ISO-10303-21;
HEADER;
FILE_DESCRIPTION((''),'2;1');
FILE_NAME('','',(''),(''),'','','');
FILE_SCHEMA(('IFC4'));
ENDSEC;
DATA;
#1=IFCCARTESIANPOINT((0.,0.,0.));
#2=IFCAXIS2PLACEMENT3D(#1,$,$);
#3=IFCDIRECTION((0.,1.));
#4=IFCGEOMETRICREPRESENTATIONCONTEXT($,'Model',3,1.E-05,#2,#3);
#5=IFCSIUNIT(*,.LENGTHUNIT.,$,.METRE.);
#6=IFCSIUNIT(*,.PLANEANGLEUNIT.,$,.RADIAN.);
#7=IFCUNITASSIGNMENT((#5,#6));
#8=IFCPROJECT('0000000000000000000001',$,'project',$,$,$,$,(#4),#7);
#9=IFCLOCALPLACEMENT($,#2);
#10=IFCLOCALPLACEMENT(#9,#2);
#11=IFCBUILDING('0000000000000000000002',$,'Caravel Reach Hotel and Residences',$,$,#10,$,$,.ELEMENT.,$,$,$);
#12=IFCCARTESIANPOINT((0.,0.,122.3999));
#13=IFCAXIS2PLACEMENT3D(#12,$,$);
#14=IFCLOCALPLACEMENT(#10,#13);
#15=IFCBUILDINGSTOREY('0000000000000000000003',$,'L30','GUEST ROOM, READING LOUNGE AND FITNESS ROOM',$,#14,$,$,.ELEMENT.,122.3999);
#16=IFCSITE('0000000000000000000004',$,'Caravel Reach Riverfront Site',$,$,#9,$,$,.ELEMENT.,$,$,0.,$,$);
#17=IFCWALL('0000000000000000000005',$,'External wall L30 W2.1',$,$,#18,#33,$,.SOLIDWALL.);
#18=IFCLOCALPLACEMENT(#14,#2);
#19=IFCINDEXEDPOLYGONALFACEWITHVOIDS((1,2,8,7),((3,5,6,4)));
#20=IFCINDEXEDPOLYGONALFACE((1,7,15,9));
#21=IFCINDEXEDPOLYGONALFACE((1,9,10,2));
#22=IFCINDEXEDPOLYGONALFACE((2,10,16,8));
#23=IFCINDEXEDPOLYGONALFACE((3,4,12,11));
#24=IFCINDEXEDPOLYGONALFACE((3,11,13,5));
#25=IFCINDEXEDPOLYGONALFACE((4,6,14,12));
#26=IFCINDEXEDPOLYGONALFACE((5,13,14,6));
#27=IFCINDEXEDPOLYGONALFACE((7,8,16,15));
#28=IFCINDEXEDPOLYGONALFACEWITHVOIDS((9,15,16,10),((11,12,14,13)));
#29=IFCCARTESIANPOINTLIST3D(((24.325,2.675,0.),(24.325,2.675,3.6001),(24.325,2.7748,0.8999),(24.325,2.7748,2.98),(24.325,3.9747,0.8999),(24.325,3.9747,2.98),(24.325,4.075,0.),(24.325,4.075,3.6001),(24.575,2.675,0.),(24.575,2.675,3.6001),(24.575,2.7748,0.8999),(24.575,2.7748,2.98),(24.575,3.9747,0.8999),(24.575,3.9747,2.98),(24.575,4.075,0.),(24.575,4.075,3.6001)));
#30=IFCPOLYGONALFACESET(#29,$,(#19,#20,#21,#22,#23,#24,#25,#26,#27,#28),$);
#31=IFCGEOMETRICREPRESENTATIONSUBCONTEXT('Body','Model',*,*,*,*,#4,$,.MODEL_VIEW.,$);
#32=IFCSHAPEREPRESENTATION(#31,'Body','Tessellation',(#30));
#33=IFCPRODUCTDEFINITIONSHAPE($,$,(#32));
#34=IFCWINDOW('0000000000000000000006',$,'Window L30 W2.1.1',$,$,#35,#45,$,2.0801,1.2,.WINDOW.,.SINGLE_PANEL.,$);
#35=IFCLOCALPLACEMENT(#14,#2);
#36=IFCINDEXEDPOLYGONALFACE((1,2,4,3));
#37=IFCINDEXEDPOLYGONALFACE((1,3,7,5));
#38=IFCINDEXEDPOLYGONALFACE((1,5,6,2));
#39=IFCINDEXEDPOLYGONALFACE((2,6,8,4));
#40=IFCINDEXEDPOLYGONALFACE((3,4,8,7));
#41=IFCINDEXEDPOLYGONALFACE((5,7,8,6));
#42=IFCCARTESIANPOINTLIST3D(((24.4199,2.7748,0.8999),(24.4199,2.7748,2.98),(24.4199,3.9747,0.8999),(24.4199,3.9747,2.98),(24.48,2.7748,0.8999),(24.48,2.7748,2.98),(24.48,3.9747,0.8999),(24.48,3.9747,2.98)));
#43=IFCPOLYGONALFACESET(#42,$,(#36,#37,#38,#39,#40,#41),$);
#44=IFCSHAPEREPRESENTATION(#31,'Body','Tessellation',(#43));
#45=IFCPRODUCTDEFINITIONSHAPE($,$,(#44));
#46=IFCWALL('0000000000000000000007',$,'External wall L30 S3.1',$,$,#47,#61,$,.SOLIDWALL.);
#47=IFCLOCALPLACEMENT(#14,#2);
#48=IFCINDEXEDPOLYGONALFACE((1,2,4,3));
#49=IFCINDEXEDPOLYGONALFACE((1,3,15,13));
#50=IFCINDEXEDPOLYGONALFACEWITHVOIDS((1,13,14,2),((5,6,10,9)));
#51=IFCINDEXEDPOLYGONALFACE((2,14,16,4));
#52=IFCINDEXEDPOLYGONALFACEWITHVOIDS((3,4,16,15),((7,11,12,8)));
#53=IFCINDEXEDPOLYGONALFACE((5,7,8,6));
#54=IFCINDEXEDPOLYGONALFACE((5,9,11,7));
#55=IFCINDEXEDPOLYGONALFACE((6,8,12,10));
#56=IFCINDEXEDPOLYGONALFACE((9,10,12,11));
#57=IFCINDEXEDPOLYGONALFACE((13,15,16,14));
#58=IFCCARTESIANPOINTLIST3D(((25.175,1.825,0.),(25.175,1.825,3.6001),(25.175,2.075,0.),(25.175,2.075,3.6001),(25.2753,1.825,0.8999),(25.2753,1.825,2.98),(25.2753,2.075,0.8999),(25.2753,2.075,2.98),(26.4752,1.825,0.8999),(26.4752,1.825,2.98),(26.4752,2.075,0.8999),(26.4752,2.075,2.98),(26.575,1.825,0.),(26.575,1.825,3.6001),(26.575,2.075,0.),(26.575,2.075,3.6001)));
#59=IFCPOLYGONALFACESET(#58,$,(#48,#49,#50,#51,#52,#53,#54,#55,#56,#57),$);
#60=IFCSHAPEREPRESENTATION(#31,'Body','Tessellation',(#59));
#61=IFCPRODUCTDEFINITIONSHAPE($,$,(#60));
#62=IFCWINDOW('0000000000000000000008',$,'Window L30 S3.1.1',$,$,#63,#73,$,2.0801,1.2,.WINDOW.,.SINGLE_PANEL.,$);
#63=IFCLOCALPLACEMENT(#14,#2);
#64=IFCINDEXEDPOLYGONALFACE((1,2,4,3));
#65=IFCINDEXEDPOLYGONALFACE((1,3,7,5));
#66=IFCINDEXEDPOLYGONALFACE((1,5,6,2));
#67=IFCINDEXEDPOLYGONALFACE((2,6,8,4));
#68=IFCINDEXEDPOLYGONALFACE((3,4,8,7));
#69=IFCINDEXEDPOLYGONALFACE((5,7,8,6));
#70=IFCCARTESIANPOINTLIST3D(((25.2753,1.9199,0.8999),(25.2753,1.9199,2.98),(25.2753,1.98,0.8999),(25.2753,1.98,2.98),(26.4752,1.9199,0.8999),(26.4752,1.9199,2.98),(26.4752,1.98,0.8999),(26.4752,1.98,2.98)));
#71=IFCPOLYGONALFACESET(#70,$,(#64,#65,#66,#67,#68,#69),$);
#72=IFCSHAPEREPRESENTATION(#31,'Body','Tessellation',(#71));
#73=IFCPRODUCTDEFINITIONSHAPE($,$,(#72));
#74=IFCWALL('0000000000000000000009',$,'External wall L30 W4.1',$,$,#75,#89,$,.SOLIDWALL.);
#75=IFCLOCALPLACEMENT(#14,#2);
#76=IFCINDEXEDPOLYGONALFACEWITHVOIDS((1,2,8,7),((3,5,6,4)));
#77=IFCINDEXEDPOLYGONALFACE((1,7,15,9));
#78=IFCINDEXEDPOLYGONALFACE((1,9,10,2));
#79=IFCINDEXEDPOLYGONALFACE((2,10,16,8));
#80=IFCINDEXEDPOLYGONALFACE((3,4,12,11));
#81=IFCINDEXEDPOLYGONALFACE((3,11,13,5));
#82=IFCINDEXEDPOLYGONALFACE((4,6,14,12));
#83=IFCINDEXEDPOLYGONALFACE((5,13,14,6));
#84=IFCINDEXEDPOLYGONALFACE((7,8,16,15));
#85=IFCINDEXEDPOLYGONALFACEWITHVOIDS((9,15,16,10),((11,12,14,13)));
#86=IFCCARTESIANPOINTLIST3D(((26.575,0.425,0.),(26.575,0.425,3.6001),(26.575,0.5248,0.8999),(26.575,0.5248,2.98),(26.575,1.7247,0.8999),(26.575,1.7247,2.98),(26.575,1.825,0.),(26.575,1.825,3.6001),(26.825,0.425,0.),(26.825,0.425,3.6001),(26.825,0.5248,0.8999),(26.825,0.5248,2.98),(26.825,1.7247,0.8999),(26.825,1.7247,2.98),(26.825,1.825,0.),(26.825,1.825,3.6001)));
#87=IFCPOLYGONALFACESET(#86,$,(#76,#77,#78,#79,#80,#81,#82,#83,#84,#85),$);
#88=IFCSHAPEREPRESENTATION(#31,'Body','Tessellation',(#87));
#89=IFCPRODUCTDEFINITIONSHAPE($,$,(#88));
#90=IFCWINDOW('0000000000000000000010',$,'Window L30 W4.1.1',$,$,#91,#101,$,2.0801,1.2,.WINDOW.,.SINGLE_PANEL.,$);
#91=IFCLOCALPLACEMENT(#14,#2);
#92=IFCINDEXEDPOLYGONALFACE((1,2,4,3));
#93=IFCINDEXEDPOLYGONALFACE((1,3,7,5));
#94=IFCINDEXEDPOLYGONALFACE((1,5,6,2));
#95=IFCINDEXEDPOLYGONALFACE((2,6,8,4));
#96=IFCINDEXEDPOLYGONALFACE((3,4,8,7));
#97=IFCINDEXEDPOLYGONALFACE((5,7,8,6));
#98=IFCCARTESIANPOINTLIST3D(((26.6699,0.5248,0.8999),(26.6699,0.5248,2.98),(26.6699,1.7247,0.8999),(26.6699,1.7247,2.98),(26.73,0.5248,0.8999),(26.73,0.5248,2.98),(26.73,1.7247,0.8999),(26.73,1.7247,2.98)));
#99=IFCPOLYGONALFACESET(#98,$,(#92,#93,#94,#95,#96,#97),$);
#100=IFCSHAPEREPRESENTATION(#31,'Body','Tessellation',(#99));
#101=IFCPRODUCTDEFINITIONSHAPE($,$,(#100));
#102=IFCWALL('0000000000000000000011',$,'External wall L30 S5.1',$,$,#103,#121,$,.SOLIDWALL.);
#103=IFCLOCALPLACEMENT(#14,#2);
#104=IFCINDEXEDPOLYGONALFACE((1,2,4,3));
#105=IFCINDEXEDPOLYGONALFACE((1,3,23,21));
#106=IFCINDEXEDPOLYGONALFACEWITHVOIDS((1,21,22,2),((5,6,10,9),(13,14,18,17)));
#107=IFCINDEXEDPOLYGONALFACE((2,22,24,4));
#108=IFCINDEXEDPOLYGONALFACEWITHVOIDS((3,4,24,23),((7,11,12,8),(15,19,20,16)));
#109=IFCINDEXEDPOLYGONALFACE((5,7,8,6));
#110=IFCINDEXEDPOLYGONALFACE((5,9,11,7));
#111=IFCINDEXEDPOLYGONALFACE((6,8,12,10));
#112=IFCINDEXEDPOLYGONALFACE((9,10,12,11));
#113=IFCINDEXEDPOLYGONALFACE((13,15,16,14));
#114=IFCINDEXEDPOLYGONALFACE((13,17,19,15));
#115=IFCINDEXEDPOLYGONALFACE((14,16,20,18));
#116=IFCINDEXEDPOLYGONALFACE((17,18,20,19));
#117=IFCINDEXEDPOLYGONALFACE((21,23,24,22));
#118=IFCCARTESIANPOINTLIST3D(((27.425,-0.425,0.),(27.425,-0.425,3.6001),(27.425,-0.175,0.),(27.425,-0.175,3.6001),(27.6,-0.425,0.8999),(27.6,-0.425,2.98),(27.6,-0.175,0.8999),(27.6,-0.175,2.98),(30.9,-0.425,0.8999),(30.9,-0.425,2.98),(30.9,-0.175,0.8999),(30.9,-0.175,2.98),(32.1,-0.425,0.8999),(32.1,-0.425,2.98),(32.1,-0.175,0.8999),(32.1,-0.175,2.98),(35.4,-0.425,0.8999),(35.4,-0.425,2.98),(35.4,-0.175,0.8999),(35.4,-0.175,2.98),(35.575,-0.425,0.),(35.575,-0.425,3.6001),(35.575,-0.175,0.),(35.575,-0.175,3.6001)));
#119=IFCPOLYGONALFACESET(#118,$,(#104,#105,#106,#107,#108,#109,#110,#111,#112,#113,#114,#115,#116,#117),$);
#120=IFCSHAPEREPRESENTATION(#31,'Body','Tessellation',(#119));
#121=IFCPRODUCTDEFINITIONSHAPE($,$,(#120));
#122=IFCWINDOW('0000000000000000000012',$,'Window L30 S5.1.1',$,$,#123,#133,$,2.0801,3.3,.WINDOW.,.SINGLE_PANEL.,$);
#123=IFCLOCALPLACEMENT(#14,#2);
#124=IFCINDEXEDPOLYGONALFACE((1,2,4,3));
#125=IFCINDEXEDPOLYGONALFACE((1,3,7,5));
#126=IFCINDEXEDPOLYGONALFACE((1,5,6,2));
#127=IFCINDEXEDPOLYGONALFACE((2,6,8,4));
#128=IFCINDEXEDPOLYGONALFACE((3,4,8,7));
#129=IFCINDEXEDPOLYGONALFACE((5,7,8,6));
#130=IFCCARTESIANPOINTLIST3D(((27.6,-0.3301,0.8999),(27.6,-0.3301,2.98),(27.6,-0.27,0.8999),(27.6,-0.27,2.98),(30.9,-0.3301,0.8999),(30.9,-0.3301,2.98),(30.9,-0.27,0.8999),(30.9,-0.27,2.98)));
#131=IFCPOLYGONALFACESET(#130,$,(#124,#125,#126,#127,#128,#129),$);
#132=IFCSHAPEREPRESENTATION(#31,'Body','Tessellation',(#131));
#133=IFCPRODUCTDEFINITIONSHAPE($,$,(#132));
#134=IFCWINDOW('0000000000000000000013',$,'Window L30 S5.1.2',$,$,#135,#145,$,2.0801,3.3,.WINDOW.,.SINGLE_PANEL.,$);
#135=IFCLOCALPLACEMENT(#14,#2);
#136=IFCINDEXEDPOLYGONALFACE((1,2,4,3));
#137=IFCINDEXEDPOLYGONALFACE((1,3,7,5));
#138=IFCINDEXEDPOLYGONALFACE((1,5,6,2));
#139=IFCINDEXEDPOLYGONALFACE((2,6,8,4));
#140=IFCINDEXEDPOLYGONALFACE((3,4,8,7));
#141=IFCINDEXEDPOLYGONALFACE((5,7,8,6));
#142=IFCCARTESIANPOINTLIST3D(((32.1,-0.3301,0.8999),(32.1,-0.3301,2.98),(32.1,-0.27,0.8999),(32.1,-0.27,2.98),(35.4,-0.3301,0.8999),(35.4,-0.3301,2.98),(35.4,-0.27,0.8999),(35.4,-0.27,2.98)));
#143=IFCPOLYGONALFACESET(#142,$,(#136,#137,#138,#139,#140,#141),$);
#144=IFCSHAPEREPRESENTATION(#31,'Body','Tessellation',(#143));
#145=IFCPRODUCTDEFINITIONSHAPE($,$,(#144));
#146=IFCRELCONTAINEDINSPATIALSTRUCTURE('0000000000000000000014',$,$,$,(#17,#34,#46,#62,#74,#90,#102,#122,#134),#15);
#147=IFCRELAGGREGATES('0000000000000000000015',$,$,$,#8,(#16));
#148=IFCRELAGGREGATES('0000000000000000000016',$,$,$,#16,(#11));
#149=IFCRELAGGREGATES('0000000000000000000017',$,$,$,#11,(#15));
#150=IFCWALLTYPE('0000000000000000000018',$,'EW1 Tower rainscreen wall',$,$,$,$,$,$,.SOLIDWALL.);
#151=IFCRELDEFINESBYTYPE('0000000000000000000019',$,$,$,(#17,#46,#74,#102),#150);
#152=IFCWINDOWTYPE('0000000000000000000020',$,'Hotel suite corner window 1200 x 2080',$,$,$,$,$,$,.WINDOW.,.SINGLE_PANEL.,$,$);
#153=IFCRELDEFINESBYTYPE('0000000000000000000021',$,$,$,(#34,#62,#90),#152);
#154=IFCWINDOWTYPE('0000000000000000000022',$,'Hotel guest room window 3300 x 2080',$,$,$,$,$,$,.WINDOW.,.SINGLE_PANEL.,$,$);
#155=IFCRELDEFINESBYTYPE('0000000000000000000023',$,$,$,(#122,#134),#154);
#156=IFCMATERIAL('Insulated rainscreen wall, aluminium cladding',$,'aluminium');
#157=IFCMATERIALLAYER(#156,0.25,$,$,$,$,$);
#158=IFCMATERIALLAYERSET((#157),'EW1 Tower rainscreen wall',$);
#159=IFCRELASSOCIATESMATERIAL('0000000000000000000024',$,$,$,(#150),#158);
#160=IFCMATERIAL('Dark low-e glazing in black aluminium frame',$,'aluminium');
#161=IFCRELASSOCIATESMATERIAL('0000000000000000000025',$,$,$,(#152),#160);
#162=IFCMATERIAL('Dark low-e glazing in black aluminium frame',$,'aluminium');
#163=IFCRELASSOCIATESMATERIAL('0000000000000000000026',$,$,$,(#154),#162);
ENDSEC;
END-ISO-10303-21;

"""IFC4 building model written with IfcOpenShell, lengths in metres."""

from ifc_helpers import new_model, si_unit, direction, frame, frame_2d, origin, place, context, subcontext, project, spatial, rectangle, extrude, material, layer, layer_set, type_object, element, fill, save


model = new_model("IFC4")

# Units and contexts
model_context = context("Model", 3, precision=1e-05, world=origin(), true_north=direction((0.0, 1.0)))
body_context = subcontext(model_context, "Body", "Model", "MODEL_VIEW")
ifc_project = project(units=[si_unit("LENGTHUNIT", "METRE"), si_unit("PLANEANGLEUNIT", "RADIAN")], contexts=[model_context])

# Site, building, storey
site_placement = place(None, origin())
site = spatial("IfcSite", under=ifc_project, at=site_placement, Name="Caravel Reach Riverfront Site", CompositionType="ELEMENT", RefElevation=0.0)
building_placement = place(site_placement, origin())
building = spatial("IfcBuilding", under=site, at=building_placement, Name="Caravel Reach Hotel and Residences", CompositionType="ELEMENT")
storey_placement = place(building_placement, frame((0.0, 0.0, 122.3999)))
storey = spatial("IfcBuildingStorey", under=building, at=storey_placement, Name="L30", Description="GUEST ROOM, READING LOUNGE AND FITNESS ROOM", CompositionType="ELEMENT", Elevation=122.3999)

# Walls, openings, windows
ifc_material_1 = material(Name="Insulated rainscreen wall, aluminium cladding", Category="aluminium")
ifc_layer = layer(ifc_material_1, 0.25)
ifc_layer_set = layer_set([ifc_layer], Name="EW1 Tower rainscreen wall")
wall_type = type_object("IfcWallType", Name="EW1 Tower rainscreen wall", PredefinedType="SOLIDWALL", material=ifc_layer_set)
wall_1_placement = place(storey_placement, frame((24.45, 4.075, 0.0), z_axis=(0.0, 0.0, 1.0), x_axis=(0.0, -1.0, 0.0)))
wall_1 = element("IfcWall", 1, at=wall_1_placement, inside=storey, type_object=wall_type, Name="External wall L30 W2.1", PredefinedType="SOLIDWALL", context=body_context, shape_type="SweptSolid", body=[
    extrude(rectangle(XDim=1.3999, YDim=0.25, at=frame_2d((0.7, 0.0))), origin(), (0.0, 0.0, 1.0), 3.6001),
])
opening_1_placement = place(wall_1_placement, frame((0.1001, 0.0, 0.8999)))
opening_1 = element("IfcOpeningElement", 2, at=opening_1_placement, cuts=wall_1, PredefinedType="OPENING", context=body_context, shape_type="SweptSolid", body=[
    extrude(rectangle(XDim=1.2, YDim=2.0801, at=frame_2d((0.6001, 1.04))), frame((0.0, 0.135, 0.0), z_axis=(0.0, -1.0, 0.0), x_axis=(1.0, 0.0, 0.0)), (0.0, 0.0, 1.0), 0.27),
])
ifc_material_2 = material(Name="Dark low-e glazing in black aluminium frame", Category="aluminium")
window_type_1 = type_object("IfcWindowType", Name="Hotel suite corner window 1200 x 2080", PartitioningType="SINGLE_PANEL", PredefinedType="WINDOW", material=ifc_material_2)
window_1_placement = place(opening_1_placement, origin())
window_1 = element("IfcWindow", 3, at=window_1_placement, inside=storey, type_object=window_type_1, Name="Window L30 W2.1.1", OverallHeight=2.0801, OverallWidth=1.2, PartitioningType="SINGLE_PANEL", PredefinedType="WINDOW", context=body_context, shape_type="SweptSolid", body=[
    extrude(rectangle(XDim=1.2, YDim=2.0801, at=frame_2d((0.6001, 1.04))), frame((0.0, 0.03, 0.0), z_axis=(0.0, -1.0, 0.0), x_axis=(1.0, 0.0, 0.0)), (0.0, 0.0, 1.0), 0.0601),
])
fill(opening_1, window_1)
wall_2_placement = place(storey_placement, frame((25.175, 1.95, 0.0), z_axis=(0.0, 0.0, 1.0), x_axis=(1.0, 0.0, 0.0)))
wall_2 = element("IfcWall", 4, at=wall_2_placement, inside=storey, type_object=wall_type, Name="External wall L30 S3.1", PredefinedType="SOLIDWALL", context=body_context, shape_type="SweptSolid", body=[
    extrude(rectangle(XDim=1.3999, YDim=0.25, at=frame_2d((0.7, 0.0))), origin(), (0.0, 0.0, 1.0), 3.6001),
])
opening_2_placement = place(wall_2_placement, frame((0.1001, 0.0, 0.8999)))
opening_2 = element("IfcOpeningElement", 5, at=opening_2_placement, cuts=wall_2, PredefinedType="OPENING", context=body_context, shape_type="SweptSolid", body=[
    extrude(rectangle(XDim=1.2, YDim=2.0801, at=frame_2d((0.6001, 1.04))), frame((0.0, 0.135, 0.0), z_axis=(0.0, -1.0, 0.0), x_axis=(1.0, 0.0, 0.0)), (0.0, 0.0, 1.0), 0.27),
])
window_2_placement = place(opening_2_placement, origin())
window_2 = element("IfcWindow", 6, at=window_2_placement, inside=storey, type_object=window_type_1, Name="Window L30 S3.1.1", OverallHeight=2.0801, OverallWidth=1.2, PartitioningType="SINGLE_PANEL", PredefinedType="WINDOW", context=body_context, shape_type="SweptSolid", body=[
    extrude(rectangle(XDim=1.2, YDim=2.0801, at=frame_2d((0.6001, 1.04))), frame((0.0, 0.03, 0.0), z_axis=(0.0, -1.0, 0.0), x_axis=(1.0, 0.0, 0.0)), (0.0, 0.0, 1.0), 0.0601),
])
fill(opening_2, window_2)
wall_3_placement = place(storey_placement, frame((26.7, 1.825, 0.0), z_axis=(0.0, 0.0, 1.0), x_axis=(0.0, -1.0, 0.0)))
wall_3 = element("IfcWall", 7, at=wall_3_placement, inside=storey, type_object=wall_type, Name="External wall L30 W4.1", PredefinedType="SOLIDWALL", context=body_context, shape_type="SweptSolid", body=[
    extrude(rectangle(XDim=1.3999, YDim=0.25, at=frame_2d((0.7, 0.0))), origin(), (0.0, 0.0, 1.0), 3.6001),
])
opening_3_placement = place(wall_3_placement, frame((0.1001, 0.0, 0.8999)))
opening_3 = element("IfcOpeningElement", 8, at=opening_3_placement, cuts=wall_3, PredefinedType="OPENING", context=body_context, shape_type="SweptSolid", body=[
    extrude(rectangle(XDim=1.2, YDim=2.0801, at=frame_2d((0.6001, 1.04))), frame((0.0, 0.135, 0.0), z_axis=(0.0, -1.0, 0.0), x_axis=(1.0, 0.0, 0.0)), (0.0, 0.0, 1.0), 0.27),
])
window_3_placement = place(opening_3_placement, origin())
window_3 = element("IfcWindow", 9, at=window_3_placement, inside=storey, type_object=window_type_1, Name="Window L30 W4.1.1", OverallHeight=2.0801, OverallWidth=1.2, PartitioningType="SINGLE_PANEL", PredefinedType="WINDOW", context=body_context, shape_type="SweptSolid", body=[
    extrude(rectangle(XDim=1.2, YDim=2.0801, at=frame_2d((0.6001, 1.04))), frame((0.0, 0.03, 0.0), z_axis=(0.0, -1.0, 0.0), x_axis=(1.0, 0.0, 0.0)), (0.0, 0.0, 1.0), 0.0601),
])
fill(opening_3, window_3)

# Wall, openings, windows
wall_4_placement = place(storey_placement, frame((27.425, -0.3, 0.0), z_axis=(0.0, 0.0, 1.0), x_axis=(1.0, 0.0, 0.0)))
wall_4 = element("IfcWall", 10, at=wall_4_placement, inside=storey, type_object=wall_type, Name="External wall L30 S5.1", PredefinedType="SOLIDWALL", context=body_context, shape_type="SweptSolid", body=[
    extrude(rectangle(XDim=8.1499, YDim=0.25, at=frame_2d((4.075, 0.0))), origin(), (0.0, 0.0, 1.0), 3.6001),
])
opening_4_placement = place(wall_4_placement, frame((0.175, 0.0, 0.8999)))
opening_4 = element("IfcOpeningElement", 11, at=opening_4_placement, cuts=wall_4, PredefinedType="OPENING", context=body_context, shape_type="SweptSolid", body=[
    extrude(rectangle(XDim=3.3, YDim=2.0801, at=frame_2d((1.6499, 1.04))), frame((0.0, 0.135, 0.0), z_axis=(0.0, -1.0, 0.0), x_axis=(1.0, 0.0, 0.0)), (0.0, 0.0, 1.0), 0.27),
])
opening_5_placement = place(wall_4_placement, frame((4.675, 0.0, 0.8999)))
opening_5 = element("IfcOpeningElement", 12, at=opening_5_placement, cuts=wall_4, PredefinedType="OPENING", context=body_context, shape_type="SweptSolid", body=[
    extrude(rectangle(XDim=3.3, YDim=2.0801, at=frame_2d((1.6499, 1.04))), frame((0.0, 0.135, 0.0), z_axis=(0.0, -1.0, 0.0), x_axis=(1.0, 0.0, 0.0)), (0.0, 0.0, 1.0), 0.27),
])
ifc_material_3 = material(Name="Dark low-e glazing in black aluminium frame", Category="aluminium")
window_type_2 = type_object("IfcWindowType", Name="Hotel guest room window 3300 x 2080", PartitioningType="SINGLE_PANEL", PredefinedType="WINDOW", material=ifc_material_3)
window_4_placement = place(opening_4_placement, origin())
window_4 = element("IfcWindow", 13, at=window_4_placement, inside=storey, type_object=window_type_2, Name="Window L30 S5.1.1", OverallHeight=2.0801, OverallWidth=3.3, PartitioningType="SINGLE_PANEL", PredefinedType="WINDOW", context=body_context, shape_type="SweptSolid", body=[
    extrude(rectangle(XDim=3.3, YDim=2.0801, at=frame_2d((1.6499, 1.04))), frame((0.0, 0.03, 0.0), z_axis=(0.0, -1.0, 0.0), x_axis=(1.0, 0.0, 0.0)), (0.0, 0.0, 1.0), 0.0601),
])
fill(opening_4, window_4)
window_5_placement = place(opening_5_placement, origin())
window_5 = element("IfcWindow", 14, at=window_5_placement, inside=storey, type_object=window_type_2, Name="Window L30 S5.1.2", OverallHeight=2.0801, OverallWidth=3.3, PartitioningType="SINGLE_PANEL", PredefinedType="WINDOW", context=body_context, shape_type="SweptSolid", body=[
    extrude(rectangle(XDim=3.3, YDim=2.0801, at=frame_2d((1.6499, 1.04))), frame((0.0, 0.03, 0.0), z_axis=(0.0, -1.0, 0.0), x_axis=(1.0, 0.0, 0.0)), (0.0, 0.0, 1.0), 0.0601),
])
fill(opening_5, window_5)

save(model, "model.ifc")
